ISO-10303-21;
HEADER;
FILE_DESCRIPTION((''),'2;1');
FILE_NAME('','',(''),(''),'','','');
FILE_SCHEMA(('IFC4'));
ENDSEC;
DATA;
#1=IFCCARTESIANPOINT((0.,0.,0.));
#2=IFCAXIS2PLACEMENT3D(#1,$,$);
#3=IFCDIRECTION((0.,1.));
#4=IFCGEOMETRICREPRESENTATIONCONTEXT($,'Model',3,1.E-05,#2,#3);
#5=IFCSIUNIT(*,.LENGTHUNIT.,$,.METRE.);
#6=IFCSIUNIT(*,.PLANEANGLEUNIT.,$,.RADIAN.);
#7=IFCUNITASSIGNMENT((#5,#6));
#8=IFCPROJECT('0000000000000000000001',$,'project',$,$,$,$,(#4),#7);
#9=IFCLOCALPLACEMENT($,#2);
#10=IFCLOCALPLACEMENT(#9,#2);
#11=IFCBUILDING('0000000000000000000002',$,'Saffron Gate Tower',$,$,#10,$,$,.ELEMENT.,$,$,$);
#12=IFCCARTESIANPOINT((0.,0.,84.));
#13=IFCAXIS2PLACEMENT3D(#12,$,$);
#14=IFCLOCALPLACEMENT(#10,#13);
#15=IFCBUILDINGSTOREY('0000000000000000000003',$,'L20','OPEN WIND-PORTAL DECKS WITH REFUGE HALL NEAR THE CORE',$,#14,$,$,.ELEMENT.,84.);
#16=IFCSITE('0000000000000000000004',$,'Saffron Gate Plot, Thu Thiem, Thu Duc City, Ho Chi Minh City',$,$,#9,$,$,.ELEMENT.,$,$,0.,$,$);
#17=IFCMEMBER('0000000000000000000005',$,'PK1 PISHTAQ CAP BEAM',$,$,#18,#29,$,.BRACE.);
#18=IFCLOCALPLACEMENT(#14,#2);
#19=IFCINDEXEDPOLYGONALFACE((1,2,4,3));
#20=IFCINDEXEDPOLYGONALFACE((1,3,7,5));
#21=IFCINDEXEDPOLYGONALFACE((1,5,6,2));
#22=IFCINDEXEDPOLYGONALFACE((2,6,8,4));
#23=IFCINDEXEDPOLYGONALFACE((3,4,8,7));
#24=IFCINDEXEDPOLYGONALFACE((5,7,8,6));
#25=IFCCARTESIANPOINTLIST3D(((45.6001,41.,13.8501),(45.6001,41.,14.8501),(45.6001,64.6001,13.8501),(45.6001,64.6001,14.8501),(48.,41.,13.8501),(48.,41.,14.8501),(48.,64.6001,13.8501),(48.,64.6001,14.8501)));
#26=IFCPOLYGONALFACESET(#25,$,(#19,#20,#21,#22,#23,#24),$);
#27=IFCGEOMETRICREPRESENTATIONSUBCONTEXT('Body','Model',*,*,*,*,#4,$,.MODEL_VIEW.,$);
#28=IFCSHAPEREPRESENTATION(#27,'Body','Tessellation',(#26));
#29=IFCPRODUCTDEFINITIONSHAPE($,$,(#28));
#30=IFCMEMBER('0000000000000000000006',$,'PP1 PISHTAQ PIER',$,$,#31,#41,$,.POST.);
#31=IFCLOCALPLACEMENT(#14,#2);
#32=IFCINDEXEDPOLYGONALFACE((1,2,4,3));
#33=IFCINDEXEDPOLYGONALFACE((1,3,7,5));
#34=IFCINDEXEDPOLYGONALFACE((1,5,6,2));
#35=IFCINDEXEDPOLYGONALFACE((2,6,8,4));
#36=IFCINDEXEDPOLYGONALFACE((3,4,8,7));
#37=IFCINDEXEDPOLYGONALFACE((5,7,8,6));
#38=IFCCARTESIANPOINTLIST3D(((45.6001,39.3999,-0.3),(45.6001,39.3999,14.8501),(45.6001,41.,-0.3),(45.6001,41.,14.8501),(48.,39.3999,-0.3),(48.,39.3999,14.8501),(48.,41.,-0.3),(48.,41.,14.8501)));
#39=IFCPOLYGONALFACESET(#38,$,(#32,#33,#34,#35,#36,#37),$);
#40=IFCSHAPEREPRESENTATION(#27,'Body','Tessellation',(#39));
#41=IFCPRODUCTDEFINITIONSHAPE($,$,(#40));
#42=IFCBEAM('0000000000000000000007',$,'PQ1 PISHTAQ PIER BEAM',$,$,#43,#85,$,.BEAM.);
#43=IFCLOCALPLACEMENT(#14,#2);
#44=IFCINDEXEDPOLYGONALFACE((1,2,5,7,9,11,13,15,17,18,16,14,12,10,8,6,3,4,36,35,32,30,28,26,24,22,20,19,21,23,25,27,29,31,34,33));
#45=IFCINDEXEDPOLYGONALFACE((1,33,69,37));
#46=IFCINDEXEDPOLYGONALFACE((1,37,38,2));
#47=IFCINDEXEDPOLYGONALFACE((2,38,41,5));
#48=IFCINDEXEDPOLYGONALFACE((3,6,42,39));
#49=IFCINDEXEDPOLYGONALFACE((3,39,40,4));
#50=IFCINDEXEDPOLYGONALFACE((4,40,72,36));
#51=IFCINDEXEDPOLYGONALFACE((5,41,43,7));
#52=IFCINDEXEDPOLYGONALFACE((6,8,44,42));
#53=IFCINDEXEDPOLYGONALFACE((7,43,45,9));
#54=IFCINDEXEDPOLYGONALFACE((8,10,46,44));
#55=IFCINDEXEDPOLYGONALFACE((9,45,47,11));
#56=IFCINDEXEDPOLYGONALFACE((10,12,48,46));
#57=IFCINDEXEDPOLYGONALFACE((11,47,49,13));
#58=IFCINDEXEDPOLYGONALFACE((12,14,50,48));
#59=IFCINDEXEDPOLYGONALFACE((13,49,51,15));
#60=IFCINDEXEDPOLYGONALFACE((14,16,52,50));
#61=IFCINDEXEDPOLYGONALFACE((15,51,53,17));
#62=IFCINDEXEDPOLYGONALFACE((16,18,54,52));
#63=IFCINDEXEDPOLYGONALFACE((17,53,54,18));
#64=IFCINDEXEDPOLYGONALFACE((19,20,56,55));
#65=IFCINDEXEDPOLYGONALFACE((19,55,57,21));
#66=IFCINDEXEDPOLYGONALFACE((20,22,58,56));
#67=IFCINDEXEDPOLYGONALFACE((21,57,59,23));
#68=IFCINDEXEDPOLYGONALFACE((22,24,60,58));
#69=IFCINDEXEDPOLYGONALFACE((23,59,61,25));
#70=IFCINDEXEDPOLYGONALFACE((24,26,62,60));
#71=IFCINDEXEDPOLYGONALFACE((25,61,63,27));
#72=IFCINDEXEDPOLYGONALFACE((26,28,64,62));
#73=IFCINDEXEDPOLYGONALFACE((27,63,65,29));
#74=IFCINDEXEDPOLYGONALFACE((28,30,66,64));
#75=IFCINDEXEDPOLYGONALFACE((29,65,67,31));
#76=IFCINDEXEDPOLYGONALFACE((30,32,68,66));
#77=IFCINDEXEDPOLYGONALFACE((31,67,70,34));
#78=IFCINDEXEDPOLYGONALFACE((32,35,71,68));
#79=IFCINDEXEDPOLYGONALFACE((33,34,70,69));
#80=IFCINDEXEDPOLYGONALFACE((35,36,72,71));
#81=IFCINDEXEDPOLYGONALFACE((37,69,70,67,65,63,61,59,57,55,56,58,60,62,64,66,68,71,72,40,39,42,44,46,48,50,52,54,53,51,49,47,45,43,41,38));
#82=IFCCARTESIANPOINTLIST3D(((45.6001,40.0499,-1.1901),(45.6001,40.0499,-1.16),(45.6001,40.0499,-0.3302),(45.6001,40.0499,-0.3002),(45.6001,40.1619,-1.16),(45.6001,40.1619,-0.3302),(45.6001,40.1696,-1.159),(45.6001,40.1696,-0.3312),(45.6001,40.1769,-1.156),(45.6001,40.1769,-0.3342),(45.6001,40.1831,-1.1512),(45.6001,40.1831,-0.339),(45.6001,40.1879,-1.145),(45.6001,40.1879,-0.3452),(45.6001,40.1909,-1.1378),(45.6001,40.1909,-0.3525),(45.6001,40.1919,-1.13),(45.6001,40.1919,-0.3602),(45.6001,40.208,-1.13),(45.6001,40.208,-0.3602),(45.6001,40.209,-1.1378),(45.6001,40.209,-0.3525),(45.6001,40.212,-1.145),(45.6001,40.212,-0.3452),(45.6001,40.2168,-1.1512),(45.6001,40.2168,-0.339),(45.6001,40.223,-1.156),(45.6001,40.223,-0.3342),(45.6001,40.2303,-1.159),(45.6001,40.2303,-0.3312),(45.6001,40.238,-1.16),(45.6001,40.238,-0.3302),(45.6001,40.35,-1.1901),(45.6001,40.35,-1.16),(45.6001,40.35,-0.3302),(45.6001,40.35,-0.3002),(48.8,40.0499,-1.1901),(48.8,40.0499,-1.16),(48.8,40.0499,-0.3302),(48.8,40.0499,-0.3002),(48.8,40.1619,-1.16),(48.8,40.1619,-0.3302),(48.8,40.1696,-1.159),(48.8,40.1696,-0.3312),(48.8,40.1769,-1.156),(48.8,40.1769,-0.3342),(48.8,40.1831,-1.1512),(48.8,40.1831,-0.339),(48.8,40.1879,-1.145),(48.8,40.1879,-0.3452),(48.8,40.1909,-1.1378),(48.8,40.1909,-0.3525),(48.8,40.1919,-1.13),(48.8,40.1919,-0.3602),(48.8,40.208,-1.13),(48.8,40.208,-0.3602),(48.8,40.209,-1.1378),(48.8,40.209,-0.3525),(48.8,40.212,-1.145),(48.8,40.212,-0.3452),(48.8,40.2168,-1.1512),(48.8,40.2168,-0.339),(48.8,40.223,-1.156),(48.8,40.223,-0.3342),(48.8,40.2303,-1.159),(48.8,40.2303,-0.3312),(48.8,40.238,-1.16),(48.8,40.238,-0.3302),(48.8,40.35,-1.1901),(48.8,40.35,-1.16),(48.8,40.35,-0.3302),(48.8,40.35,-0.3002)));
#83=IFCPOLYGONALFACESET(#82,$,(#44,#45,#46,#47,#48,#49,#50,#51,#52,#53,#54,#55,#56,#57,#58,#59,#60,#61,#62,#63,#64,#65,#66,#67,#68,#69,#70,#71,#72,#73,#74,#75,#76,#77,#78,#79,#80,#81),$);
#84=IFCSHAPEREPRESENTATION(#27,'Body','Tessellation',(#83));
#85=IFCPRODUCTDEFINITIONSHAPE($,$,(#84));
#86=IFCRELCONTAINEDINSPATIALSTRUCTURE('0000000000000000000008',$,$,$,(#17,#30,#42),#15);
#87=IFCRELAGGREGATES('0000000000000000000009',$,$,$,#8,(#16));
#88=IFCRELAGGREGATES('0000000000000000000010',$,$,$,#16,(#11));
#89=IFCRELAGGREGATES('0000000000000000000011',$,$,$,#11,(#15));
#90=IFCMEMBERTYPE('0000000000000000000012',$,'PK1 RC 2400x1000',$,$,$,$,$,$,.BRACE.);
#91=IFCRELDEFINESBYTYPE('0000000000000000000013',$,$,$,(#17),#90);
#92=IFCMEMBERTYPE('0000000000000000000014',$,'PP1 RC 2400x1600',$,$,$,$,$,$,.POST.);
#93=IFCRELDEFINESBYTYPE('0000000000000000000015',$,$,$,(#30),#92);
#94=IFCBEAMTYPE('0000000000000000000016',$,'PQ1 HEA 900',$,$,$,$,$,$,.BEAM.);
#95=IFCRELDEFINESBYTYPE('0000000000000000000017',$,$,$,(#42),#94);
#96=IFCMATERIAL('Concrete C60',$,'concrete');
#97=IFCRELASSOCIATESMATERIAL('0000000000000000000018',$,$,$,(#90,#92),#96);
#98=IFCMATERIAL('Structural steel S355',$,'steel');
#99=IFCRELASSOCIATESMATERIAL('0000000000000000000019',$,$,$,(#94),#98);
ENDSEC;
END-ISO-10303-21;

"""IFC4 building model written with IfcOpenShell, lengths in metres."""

from ifc_helpers import new_model, si_unit, direction, frame, origin, origin_2d, place, context, subcontext, project, spatial, rectangle, i_section, extrude, material, material_profile, profile_set, type_object, element, save


model = new_model("IFC4")

# Units and contexts
model_context = context("Model", 3, precision=1e-05, world=origin(), true_north=direction((0.0, 1.0)))
body_context = subcontext(model_context, "Body", "Model", "MODEL_VIEW")
ifc_project = project(units=[si_unit("LENGTHUNIT", "METRE"), si_unit("PLANEANGLEUNIT", "RADIAN")], contexts=[model_context])

# Site, building, storey
site_placement = place(None, origin())
site = spatial("IfcSite", under=ifc_project, at=site_placement, Name="Saffron Gate Plot, Thu Thiem, Thu Duc City, Ho Chi Minh City", CompositionType="ELEMENT", RefElevation=0.0)
building_placement = place(site_placement, origin())
building = spatial("IfcBuilding", under=site, at=building_placement, Name="Saffron Gate Tower", CompositionType="ELEMENT")
storey_placement = place(building_placement, frame((0.0, 0.0, 84.0)))
storey = spatial("IfcBuildingStorey", under=building, at=storey_placement, Name="L20", Description="OPEN WIND-PORTAL DECKS WITH REFUGE HALL NEAR THE CORE", CompositionType="ELEMENT", Elevation=84.0)

# Members
ifc_material_1 = material(Name="Concrete C60", Category="concrete")
ifc_material_profile_1 = material_profile(ifc_material_1, rectangle(XDim=2.3999, YDim=1.0, at=origin_2d()))
ifc_profile_set_1 = profile_set([ifc_material_profile_1], Name="Concrete C60")
member_type_1 = type_object("IfcMemberType", Name="PK1 RC 2400x1000", PredefinedType="BRACE", material=ifc_profile_set_1)
member_1_placement = place(storey_placement, frame((46.8, 41.0, 14.3501), z_axis=(0.0, 1.0, 0.0), x_axis=(-1.0, 0.0, 0.0)))
element("IfcMember", 1, at=member_1_placement, inside=storey, type_object=member_type_1, Name="PK1 PISHTAQ CAP BEAM", PredefinedType="BRACE", context=body_context, shape_type="SweptSolid", body=[
    extrude(rectangle(XDim=2.3999, YDim=1.0, at=origin_2d()), origin(), (0.0, 0.0, 1.0), 23.6001),
])
ifc_material_profile_2 = material_profile(ifc_material_1, rectangle(XDim=2.3999, YDim=1.6001, at=origin_2d()))
ifc_profile_set_2 = profile_set([ifc_material_profile_2], Name="Concrete C60")
member_type_2 = type_object("IfcMemberType", Name="PP1 RC 2400x1600", PredefinedType="POST", material=ifc_profile_set_2)
member_2_placement = place(storey_placement, frame((46.8, 40.2, -0.3), z_axis=(0.0, 0.0, 1.0), x_axis=(1.0, 0.0, 0.0)))
element("IfcMember", 2, at=member_2_placement, inside=storey, type_object=member_type_2, Name="PP1 PISHTAQ PIER", PredefinedType="POST", context=body_context, shape_type="SweptSolid", body=[
    extrude(rectangle(XDim=2.3999, YDim=1.6001, at=origin_2d()), origin(), (0.0, 0.0, 1.0), 15.1501),
])

# Beam
ifc_material_2 = material(Name="Structural steel S355", Category="steel")
ifc_material_profile_3 = material_profile(ifc_material_2, i_section(OverallWidth=0.3, OverallDepth=0.8899, WebThickness=0.0161, FlangeThickness=0.03, FilletRadius=0.03, at=origin_2d()))
ifc_profile_set_3 = profile_set([ifc_material_profile_3], Name="Structural steel S355")
beam_type = type_object("IfcBeamType", Name="PQ1 HEA 900", PredefinedType="BEAM", material=ifc_profile_set_3)
beam_placement = place(storey_placement, frame((45.6001, 40.2, -0.7451), z_axis=(1.0, 0.0, 0.0), x_axis=(0.0, 1.0, 0.0)))
element("IfcBeam", 3, at=beam_placement, inside=storey, type_object=beam_type, Name="PQ1 PISHTAQ PIER BEAM", PredefinedType="BEAM", context=body_context, shape_type="SweptSolid", body=[
    extrude(i_section(OverallWidth=0.3, OverallDepth=0.8899, WebThickness=0.0161, FlangeThickness=0.03, FilletRadius=0.03, at=origin_2d()), origin(), (0.0, 0.0, 1.0), 3.2),
])

save(model, "model.ifc")
